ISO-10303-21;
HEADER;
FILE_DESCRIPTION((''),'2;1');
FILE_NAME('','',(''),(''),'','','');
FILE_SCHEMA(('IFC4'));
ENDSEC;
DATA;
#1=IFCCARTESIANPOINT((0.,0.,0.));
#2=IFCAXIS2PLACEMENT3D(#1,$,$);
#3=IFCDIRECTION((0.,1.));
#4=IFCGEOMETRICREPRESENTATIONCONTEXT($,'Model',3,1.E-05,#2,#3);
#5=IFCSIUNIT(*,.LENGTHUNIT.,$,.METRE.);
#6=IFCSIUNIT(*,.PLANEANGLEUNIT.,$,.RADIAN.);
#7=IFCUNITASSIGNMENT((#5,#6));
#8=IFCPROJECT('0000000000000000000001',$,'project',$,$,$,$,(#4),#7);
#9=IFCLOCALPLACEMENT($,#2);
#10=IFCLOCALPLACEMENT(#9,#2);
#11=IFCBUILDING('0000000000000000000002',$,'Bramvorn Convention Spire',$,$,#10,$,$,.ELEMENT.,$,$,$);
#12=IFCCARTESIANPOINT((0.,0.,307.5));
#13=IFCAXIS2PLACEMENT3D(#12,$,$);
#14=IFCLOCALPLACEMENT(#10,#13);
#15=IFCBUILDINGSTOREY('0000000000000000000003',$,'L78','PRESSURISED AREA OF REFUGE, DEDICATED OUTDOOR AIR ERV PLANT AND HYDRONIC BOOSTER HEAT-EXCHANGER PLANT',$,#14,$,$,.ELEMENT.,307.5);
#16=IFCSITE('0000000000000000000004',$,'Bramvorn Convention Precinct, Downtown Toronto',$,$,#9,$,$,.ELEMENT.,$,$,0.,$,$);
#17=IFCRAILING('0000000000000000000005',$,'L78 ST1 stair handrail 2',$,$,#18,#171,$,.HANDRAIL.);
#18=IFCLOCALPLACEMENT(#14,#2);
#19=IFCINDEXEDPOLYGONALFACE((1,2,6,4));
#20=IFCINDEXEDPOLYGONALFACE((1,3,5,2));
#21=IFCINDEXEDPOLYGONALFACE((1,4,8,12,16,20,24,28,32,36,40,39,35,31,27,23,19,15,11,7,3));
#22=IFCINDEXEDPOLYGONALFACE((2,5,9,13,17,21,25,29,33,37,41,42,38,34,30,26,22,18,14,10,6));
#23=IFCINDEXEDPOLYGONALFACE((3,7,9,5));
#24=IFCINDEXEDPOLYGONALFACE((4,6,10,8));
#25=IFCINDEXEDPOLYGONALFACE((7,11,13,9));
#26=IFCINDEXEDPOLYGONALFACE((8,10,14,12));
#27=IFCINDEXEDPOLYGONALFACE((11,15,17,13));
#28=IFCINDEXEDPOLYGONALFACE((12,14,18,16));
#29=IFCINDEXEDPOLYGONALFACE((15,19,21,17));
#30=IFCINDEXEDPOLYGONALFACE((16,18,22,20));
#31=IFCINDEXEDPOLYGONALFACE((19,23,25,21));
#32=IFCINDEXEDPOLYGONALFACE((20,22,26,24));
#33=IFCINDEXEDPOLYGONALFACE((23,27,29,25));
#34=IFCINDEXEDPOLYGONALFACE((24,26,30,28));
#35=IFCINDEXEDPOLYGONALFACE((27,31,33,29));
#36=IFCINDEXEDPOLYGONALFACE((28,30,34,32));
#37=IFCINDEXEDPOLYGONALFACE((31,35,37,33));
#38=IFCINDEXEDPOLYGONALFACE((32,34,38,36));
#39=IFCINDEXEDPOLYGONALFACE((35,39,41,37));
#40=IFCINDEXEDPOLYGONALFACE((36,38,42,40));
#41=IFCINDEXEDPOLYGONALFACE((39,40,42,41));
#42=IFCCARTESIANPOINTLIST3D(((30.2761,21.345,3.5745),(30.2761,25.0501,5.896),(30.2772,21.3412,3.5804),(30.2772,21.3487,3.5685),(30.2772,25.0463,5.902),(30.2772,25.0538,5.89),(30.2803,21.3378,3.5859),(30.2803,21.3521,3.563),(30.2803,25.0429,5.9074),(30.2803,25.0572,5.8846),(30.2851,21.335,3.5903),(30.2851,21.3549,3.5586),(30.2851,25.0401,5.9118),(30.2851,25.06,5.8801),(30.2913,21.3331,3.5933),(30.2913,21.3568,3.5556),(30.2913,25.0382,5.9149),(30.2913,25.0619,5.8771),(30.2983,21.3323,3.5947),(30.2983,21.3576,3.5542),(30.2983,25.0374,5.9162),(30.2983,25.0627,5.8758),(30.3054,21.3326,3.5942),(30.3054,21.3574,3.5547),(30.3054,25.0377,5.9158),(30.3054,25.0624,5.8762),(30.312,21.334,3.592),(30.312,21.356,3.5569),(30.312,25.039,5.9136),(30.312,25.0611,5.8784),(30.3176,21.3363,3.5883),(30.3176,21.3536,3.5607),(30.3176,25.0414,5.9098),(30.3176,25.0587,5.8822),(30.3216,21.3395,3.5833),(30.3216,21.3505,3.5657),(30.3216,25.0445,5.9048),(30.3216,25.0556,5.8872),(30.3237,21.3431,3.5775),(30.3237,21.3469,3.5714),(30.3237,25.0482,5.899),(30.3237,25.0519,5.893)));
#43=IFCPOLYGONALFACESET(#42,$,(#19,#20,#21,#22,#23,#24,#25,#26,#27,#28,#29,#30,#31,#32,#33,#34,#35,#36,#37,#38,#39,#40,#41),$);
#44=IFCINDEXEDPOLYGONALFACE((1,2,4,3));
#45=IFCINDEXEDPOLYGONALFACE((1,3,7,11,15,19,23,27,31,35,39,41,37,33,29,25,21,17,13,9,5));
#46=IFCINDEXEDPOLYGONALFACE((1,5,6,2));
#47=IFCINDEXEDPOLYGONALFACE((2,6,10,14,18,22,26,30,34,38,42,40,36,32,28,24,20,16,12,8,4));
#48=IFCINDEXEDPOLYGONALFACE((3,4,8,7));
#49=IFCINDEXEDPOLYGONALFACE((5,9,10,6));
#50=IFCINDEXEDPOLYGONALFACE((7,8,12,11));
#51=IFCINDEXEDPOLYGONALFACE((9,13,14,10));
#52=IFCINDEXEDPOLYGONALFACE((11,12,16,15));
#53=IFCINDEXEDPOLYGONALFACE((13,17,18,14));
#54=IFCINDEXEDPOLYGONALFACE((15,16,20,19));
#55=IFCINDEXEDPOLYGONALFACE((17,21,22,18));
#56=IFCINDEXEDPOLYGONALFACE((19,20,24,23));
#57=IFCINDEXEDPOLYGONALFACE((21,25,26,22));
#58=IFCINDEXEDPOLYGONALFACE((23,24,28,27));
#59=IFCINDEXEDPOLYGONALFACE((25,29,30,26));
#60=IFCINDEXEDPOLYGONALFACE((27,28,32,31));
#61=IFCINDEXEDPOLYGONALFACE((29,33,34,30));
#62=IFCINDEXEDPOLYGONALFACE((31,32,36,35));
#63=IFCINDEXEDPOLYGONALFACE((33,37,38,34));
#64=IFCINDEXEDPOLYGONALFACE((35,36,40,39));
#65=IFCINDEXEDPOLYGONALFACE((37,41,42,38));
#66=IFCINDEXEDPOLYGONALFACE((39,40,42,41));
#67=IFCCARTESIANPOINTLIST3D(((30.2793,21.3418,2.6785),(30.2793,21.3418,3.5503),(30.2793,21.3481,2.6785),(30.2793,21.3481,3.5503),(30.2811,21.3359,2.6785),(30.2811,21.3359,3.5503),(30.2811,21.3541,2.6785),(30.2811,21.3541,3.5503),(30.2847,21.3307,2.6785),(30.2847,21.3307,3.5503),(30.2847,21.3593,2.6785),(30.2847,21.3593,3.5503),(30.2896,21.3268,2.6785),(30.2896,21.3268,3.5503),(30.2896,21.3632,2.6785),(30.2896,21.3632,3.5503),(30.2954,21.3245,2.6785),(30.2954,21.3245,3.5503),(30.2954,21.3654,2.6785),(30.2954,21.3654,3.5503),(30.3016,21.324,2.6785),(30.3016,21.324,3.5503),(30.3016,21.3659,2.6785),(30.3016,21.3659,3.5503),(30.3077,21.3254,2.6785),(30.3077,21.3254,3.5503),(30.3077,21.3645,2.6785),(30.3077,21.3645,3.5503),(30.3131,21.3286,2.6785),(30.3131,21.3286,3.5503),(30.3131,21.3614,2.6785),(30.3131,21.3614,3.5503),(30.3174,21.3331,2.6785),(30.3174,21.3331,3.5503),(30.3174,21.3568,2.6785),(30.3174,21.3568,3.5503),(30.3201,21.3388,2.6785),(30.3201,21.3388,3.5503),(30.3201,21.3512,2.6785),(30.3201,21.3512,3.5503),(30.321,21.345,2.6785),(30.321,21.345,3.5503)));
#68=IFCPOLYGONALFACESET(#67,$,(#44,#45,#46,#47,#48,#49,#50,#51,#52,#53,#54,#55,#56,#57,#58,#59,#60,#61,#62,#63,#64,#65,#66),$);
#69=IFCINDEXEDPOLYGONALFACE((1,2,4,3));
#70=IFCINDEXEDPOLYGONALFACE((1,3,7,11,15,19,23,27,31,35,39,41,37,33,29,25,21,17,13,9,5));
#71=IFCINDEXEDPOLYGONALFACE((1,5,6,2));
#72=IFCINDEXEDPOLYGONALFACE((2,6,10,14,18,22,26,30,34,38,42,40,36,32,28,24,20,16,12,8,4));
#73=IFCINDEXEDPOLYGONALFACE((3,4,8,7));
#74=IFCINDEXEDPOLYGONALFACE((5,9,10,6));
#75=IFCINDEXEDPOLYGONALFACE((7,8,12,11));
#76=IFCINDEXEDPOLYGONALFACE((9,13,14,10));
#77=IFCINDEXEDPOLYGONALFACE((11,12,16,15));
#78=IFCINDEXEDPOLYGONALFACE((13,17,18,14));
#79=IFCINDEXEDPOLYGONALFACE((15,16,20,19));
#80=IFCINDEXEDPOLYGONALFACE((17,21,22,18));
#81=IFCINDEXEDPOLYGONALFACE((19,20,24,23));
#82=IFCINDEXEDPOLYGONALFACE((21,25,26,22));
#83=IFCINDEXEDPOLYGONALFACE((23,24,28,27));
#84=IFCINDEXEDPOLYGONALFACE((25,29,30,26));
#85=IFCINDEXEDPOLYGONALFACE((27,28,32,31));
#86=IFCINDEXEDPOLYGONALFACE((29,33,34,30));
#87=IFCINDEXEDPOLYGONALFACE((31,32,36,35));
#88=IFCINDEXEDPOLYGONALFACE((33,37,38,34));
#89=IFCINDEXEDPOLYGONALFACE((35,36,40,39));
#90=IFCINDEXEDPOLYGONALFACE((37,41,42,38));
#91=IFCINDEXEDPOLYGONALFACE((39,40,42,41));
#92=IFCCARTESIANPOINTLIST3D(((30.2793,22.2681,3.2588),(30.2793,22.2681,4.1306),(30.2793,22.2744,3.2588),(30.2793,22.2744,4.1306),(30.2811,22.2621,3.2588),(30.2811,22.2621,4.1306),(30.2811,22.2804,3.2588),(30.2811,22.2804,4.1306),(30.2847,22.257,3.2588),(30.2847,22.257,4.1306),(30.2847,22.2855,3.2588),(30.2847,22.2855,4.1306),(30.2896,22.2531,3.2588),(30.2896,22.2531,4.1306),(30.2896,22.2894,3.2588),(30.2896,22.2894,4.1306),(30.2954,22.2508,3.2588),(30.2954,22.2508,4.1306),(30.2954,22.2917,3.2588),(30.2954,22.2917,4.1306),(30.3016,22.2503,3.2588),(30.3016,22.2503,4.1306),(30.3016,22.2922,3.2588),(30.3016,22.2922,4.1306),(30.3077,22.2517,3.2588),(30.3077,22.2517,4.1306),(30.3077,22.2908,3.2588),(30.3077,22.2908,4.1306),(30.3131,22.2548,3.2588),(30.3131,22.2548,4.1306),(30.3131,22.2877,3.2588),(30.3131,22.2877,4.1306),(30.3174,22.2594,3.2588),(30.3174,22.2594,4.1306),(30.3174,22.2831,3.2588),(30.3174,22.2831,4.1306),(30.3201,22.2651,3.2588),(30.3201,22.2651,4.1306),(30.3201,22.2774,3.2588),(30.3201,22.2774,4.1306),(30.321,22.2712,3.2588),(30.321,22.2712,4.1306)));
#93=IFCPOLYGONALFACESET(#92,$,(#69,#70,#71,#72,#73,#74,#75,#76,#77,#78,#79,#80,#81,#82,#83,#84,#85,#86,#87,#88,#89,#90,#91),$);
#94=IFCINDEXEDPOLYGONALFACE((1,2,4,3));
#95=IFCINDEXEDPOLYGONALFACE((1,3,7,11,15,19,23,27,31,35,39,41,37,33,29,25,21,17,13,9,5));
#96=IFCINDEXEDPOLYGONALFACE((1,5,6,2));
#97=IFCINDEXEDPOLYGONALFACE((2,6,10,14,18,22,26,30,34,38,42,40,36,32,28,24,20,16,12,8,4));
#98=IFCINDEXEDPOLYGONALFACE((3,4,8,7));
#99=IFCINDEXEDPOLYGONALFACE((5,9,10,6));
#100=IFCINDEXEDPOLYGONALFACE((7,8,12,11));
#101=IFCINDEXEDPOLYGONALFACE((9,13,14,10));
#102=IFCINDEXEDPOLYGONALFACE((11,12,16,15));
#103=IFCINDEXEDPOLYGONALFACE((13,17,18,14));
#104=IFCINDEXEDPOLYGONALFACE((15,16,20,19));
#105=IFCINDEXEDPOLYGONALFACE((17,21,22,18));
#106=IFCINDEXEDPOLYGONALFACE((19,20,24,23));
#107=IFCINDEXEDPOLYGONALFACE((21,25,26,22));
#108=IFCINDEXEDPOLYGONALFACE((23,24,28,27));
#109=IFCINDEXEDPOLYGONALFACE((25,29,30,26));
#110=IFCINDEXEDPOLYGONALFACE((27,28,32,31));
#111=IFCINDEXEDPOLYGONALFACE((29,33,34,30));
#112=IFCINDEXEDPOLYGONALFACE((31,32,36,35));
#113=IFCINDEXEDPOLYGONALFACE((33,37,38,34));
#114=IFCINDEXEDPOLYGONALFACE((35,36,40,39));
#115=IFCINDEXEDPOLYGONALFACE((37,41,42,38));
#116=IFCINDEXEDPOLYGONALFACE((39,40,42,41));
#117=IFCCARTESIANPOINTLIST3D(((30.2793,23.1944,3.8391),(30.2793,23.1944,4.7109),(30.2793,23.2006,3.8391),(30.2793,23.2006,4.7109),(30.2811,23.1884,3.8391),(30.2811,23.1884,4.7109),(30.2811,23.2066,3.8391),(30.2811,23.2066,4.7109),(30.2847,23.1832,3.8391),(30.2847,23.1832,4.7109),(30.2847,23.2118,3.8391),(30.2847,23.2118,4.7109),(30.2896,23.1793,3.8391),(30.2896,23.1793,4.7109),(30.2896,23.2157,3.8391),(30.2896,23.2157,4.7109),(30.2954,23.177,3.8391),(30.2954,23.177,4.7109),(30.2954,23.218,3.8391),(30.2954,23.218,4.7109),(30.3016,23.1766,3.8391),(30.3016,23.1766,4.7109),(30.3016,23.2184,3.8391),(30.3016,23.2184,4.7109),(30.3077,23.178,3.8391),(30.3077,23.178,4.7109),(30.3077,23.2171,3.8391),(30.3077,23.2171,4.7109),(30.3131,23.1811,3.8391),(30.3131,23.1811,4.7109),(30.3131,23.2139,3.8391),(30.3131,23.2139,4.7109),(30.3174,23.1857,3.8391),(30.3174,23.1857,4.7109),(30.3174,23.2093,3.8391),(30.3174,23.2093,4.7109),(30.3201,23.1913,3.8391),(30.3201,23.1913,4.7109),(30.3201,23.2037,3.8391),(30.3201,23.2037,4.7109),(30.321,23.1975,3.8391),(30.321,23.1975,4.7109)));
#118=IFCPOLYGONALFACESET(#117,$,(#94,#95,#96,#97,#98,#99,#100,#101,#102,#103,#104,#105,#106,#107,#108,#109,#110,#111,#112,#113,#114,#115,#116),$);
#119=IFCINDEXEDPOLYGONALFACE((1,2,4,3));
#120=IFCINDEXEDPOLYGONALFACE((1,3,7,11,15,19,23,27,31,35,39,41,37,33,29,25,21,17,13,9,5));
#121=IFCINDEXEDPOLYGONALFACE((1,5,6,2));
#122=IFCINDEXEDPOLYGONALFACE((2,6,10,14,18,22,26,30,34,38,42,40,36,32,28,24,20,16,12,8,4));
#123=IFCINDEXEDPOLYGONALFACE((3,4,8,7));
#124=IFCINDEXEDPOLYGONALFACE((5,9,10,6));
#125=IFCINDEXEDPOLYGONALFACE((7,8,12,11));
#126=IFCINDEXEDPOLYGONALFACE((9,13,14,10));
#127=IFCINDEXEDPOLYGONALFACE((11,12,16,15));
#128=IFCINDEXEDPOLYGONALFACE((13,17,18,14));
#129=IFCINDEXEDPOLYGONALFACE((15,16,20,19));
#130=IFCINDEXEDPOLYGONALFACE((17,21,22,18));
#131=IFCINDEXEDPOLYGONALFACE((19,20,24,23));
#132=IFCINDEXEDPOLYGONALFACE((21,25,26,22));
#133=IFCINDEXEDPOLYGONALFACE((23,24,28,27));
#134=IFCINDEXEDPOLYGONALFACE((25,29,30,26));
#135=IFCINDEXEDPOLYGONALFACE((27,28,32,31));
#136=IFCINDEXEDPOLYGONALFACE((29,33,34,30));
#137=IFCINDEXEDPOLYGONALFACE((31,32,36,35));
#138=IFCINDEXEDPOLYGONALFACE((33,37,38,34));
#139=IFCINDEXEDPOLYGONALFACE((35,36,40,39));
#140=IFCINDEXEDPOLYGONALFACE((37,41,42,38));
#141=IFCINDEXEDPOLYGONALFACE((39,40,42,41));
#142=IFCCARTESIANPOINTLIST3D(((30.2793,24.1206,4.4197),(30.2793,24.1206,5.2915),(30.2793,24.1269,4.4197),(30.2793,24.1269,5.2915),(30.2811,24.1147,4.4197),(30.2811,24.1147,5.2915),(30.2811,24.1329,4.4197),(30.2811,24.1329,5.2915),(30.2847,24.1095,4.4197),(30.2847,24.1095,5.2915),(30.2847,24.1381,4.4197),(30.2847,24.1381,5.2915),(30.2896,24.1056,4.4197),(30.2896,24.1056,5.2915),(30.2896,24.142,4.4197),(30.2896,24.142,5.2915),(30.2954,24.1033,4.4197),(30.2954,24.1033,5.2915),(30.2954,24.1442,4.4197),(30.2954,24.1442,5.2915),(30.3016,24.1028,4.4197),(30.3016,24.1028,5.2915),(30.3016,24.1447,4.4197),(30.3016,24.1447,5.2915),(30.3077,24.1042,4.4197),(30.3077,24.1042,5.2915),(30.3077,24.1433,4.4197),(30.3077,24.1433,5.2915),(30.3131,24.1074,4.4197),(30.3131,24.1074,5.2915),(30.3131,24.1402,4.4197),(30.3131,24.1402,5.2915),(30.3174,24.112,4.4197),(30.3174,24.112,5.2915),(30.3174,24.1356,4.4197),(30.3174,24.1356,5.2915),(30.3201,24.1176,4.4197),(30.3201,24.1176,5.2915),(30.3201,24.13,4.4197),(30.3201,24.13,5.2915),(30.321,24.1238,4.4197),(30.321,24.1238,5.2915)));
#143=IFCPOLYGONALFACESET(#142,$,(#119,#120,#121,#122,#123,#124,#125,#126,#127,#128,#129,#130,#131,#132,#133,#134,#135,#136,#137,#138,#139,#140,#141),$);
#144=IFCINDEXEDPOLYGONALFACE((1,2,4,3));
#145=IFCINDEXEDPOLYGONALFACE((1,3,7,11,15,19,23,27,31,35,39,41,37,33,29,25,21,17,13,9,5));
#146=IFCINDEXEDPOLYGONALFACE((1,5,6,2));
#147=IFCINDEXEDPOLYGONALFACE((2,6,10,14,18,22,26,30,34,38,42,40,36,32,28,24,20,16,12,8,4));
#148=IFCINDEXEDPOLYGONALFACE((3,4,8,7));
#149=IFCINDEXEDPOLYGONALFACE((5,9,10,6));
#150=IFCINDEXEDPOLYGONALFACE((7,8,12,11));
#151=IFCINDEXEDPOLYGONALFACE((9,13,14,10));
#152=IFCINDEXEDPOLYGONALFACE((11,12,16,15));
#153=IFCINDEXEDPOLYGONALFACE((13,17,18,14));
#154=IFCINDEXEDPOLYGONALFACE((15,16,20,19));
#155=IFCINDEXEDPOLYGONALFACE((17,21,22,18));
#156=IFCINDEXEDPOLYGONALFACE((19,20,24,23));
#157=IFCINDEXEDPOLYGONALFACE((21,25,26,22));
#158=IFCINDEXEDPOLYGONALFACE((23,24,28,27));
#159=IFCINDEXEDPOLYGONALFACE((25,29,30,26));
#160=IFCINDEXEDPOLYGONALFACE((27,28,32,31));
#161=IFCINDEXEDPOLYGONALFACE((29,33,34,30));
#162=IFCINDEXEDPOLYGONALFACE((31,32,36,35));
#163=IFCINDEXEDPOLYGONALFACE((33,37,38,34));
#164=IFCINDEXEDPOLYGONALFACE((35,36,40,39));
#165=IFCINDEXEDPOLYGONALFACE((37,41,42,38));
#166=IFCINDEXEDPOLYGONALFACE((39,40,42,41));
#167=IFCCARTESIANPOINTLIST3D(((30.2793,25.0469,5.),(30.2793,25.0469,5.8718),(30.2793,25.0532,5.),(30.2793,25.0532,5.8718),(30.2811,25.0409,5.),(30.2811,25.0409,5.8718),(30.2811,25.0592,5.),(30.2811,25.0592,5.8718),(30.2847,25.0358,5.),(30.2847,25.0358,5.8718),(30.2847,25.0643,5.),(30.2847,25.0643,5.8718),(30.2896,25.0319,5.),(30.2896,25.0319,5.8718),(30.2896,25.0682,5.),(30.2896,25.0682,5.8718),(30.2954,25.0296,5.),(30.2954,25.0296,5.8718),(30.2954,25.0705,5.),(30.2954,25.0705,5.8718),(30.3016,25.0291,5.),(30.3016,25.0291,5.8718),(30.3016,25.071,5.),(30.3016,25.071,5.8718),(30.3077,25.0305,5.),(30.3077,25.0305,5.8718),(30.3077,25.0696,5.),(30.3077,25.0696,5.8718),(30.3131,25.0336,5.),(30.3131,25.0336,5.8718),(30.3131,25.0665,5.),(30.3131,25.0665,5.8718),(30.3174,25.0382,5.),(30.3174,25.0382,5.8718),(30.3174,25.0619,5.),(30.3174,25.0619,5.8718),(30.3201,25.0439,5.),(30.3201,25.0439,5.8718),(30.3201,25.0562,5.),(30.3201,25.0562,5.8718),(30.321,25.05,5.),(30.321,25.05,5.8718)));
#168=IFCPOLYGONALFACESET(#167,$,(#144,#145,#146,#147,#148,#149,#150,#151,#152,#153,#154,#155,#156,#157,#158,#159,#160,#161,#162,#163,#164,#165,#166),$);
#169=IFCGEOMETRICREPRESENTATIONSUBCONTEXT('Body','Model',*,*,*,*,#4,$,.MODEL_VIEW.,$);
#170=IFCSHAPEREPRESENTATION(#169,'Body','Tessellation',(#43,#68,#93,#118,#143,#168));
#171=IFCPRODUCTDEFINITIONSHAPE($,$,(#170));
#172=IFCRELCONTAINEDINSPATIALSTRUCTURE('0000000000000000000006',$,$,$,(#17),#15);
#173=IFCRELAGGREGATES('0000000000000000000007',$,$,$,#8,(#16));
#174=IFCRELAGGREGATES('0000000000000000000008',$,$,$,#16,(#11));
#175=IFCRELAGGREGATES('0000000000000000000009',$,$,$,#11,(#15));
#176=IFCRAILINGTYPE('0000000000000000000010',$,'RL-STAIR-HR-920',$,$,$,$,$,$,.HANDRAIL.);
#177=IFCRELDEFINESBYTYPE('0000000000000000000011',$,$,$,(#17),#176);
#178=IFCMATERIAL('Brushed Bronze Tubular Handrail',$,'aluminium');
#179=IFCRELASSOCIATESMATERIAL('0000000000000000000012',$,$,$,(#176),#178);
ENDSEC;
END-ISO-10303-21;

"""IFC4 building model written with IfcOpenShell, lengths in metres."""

from ifc_helpers import new_model, si_unit, direction, frame, origin, origin_2d, place, context, subcontext, project, spatial, circle, extrude, material, type_object, element, save


model = new_model("IFC4")

# Units and contexts
model_context = context("Model", 3, precision=1e-05, world=origin(), true_north=direction((0.0, 1.0)))
body_context = subcontext(model_context, "Body", "Model", "MODEL_VIEW")
ifc_project = project(units=[si_unit("LENGTHUNIT", "METRE"), si_unit("PLANEANGLEUNIT", "RADIAN")], contexts=[model_context])

# Site, building, storey
site_placement = place(None, origin())
site = spatial("IfcSite", under=ifc_project, at=site_placement, Name="Bramvorn Convention Precinct, Downtown Toronto", CompositionType="ELEMENT", RefElevation=0.0)
building_placement = place(site_placement, origin())
building = spatial("IfcBuilding", under=site, at=building_placement, Name="Bramvorn Convention Spire", CompositionType="ELEMENT")
storey_placement = place(building_placement, frame((0.0, 0.0, 307.5)))
storey = spatial("IfcBuildingStorey", under=building, at=storey_placement, Name="L78", Description="PRESSURISED AREA OF REFUGE, DEDICATED OUTDOOR AIR ERV PLANT AND HYDRONIC BOOSTER HEAT-EXCHANGER PLANT", CompositionType="ELEMENT", Elevation=307.5)

# Railing
ifc_material_1 = material(Name="Brushed Bronze Tubular Handrail", Category="aluminium")
railing_type_1 = type_object("IfcRailingType", Name="RL-STAIR-HR-920", PredefinedType="HANDRAIL", material=ifc_material_1)
railing_1_placement = place(storey_placement, frame((30.3, 21.345, 2.6785)))
element("IfcRailing", 1, at=railing_1_placement, inside=storey, type_object=railing_type_1, Name="L78 ST1 stair handrail 2", PredefinedType="HANDRAIL", context=body_context, shape_type="SweptSolid", body=[
    extrude(circle(Radius=0.0239, at=origin_2d()), frame((0.0, 0.0, 0.896), z_axis=(0.0, 0.847395, 0.530962), x_axis=(-1.0, 0.0, 0.0)), (0.0, 0.0, 1.0), 4.3723),
    extrude(circle(Radius=0.021, at=origin_2d()), origin(), (0.0, 0.0, 1.0), 0.8718),
    extrude(circle(Radius=0.021, at=origin_2d()), frame((0.0, 0.9263, 0.5803)), (0.0, 0.0, 1.0), 0.8718),
    extrude(circle(Radius=0.021, at=origin_2d()), frame((0.0, 1.8525, 1.1606)), (0.0, 0.0, 1.0), 0.8718),
    extrude(circle(Radius=0.021, at=origin_2d()), frame((0.0, 2.7788, 1.7412)), (0.0, 0.0, 1.0), 0.8718),
    extrude(circle(Radius=0.021, at=origin_2d()), frame((0.0, 3.7051, 2.3215)), (0.0, 0.0, 1.0), 0.8718),
])

save(model, "model.ifc")
